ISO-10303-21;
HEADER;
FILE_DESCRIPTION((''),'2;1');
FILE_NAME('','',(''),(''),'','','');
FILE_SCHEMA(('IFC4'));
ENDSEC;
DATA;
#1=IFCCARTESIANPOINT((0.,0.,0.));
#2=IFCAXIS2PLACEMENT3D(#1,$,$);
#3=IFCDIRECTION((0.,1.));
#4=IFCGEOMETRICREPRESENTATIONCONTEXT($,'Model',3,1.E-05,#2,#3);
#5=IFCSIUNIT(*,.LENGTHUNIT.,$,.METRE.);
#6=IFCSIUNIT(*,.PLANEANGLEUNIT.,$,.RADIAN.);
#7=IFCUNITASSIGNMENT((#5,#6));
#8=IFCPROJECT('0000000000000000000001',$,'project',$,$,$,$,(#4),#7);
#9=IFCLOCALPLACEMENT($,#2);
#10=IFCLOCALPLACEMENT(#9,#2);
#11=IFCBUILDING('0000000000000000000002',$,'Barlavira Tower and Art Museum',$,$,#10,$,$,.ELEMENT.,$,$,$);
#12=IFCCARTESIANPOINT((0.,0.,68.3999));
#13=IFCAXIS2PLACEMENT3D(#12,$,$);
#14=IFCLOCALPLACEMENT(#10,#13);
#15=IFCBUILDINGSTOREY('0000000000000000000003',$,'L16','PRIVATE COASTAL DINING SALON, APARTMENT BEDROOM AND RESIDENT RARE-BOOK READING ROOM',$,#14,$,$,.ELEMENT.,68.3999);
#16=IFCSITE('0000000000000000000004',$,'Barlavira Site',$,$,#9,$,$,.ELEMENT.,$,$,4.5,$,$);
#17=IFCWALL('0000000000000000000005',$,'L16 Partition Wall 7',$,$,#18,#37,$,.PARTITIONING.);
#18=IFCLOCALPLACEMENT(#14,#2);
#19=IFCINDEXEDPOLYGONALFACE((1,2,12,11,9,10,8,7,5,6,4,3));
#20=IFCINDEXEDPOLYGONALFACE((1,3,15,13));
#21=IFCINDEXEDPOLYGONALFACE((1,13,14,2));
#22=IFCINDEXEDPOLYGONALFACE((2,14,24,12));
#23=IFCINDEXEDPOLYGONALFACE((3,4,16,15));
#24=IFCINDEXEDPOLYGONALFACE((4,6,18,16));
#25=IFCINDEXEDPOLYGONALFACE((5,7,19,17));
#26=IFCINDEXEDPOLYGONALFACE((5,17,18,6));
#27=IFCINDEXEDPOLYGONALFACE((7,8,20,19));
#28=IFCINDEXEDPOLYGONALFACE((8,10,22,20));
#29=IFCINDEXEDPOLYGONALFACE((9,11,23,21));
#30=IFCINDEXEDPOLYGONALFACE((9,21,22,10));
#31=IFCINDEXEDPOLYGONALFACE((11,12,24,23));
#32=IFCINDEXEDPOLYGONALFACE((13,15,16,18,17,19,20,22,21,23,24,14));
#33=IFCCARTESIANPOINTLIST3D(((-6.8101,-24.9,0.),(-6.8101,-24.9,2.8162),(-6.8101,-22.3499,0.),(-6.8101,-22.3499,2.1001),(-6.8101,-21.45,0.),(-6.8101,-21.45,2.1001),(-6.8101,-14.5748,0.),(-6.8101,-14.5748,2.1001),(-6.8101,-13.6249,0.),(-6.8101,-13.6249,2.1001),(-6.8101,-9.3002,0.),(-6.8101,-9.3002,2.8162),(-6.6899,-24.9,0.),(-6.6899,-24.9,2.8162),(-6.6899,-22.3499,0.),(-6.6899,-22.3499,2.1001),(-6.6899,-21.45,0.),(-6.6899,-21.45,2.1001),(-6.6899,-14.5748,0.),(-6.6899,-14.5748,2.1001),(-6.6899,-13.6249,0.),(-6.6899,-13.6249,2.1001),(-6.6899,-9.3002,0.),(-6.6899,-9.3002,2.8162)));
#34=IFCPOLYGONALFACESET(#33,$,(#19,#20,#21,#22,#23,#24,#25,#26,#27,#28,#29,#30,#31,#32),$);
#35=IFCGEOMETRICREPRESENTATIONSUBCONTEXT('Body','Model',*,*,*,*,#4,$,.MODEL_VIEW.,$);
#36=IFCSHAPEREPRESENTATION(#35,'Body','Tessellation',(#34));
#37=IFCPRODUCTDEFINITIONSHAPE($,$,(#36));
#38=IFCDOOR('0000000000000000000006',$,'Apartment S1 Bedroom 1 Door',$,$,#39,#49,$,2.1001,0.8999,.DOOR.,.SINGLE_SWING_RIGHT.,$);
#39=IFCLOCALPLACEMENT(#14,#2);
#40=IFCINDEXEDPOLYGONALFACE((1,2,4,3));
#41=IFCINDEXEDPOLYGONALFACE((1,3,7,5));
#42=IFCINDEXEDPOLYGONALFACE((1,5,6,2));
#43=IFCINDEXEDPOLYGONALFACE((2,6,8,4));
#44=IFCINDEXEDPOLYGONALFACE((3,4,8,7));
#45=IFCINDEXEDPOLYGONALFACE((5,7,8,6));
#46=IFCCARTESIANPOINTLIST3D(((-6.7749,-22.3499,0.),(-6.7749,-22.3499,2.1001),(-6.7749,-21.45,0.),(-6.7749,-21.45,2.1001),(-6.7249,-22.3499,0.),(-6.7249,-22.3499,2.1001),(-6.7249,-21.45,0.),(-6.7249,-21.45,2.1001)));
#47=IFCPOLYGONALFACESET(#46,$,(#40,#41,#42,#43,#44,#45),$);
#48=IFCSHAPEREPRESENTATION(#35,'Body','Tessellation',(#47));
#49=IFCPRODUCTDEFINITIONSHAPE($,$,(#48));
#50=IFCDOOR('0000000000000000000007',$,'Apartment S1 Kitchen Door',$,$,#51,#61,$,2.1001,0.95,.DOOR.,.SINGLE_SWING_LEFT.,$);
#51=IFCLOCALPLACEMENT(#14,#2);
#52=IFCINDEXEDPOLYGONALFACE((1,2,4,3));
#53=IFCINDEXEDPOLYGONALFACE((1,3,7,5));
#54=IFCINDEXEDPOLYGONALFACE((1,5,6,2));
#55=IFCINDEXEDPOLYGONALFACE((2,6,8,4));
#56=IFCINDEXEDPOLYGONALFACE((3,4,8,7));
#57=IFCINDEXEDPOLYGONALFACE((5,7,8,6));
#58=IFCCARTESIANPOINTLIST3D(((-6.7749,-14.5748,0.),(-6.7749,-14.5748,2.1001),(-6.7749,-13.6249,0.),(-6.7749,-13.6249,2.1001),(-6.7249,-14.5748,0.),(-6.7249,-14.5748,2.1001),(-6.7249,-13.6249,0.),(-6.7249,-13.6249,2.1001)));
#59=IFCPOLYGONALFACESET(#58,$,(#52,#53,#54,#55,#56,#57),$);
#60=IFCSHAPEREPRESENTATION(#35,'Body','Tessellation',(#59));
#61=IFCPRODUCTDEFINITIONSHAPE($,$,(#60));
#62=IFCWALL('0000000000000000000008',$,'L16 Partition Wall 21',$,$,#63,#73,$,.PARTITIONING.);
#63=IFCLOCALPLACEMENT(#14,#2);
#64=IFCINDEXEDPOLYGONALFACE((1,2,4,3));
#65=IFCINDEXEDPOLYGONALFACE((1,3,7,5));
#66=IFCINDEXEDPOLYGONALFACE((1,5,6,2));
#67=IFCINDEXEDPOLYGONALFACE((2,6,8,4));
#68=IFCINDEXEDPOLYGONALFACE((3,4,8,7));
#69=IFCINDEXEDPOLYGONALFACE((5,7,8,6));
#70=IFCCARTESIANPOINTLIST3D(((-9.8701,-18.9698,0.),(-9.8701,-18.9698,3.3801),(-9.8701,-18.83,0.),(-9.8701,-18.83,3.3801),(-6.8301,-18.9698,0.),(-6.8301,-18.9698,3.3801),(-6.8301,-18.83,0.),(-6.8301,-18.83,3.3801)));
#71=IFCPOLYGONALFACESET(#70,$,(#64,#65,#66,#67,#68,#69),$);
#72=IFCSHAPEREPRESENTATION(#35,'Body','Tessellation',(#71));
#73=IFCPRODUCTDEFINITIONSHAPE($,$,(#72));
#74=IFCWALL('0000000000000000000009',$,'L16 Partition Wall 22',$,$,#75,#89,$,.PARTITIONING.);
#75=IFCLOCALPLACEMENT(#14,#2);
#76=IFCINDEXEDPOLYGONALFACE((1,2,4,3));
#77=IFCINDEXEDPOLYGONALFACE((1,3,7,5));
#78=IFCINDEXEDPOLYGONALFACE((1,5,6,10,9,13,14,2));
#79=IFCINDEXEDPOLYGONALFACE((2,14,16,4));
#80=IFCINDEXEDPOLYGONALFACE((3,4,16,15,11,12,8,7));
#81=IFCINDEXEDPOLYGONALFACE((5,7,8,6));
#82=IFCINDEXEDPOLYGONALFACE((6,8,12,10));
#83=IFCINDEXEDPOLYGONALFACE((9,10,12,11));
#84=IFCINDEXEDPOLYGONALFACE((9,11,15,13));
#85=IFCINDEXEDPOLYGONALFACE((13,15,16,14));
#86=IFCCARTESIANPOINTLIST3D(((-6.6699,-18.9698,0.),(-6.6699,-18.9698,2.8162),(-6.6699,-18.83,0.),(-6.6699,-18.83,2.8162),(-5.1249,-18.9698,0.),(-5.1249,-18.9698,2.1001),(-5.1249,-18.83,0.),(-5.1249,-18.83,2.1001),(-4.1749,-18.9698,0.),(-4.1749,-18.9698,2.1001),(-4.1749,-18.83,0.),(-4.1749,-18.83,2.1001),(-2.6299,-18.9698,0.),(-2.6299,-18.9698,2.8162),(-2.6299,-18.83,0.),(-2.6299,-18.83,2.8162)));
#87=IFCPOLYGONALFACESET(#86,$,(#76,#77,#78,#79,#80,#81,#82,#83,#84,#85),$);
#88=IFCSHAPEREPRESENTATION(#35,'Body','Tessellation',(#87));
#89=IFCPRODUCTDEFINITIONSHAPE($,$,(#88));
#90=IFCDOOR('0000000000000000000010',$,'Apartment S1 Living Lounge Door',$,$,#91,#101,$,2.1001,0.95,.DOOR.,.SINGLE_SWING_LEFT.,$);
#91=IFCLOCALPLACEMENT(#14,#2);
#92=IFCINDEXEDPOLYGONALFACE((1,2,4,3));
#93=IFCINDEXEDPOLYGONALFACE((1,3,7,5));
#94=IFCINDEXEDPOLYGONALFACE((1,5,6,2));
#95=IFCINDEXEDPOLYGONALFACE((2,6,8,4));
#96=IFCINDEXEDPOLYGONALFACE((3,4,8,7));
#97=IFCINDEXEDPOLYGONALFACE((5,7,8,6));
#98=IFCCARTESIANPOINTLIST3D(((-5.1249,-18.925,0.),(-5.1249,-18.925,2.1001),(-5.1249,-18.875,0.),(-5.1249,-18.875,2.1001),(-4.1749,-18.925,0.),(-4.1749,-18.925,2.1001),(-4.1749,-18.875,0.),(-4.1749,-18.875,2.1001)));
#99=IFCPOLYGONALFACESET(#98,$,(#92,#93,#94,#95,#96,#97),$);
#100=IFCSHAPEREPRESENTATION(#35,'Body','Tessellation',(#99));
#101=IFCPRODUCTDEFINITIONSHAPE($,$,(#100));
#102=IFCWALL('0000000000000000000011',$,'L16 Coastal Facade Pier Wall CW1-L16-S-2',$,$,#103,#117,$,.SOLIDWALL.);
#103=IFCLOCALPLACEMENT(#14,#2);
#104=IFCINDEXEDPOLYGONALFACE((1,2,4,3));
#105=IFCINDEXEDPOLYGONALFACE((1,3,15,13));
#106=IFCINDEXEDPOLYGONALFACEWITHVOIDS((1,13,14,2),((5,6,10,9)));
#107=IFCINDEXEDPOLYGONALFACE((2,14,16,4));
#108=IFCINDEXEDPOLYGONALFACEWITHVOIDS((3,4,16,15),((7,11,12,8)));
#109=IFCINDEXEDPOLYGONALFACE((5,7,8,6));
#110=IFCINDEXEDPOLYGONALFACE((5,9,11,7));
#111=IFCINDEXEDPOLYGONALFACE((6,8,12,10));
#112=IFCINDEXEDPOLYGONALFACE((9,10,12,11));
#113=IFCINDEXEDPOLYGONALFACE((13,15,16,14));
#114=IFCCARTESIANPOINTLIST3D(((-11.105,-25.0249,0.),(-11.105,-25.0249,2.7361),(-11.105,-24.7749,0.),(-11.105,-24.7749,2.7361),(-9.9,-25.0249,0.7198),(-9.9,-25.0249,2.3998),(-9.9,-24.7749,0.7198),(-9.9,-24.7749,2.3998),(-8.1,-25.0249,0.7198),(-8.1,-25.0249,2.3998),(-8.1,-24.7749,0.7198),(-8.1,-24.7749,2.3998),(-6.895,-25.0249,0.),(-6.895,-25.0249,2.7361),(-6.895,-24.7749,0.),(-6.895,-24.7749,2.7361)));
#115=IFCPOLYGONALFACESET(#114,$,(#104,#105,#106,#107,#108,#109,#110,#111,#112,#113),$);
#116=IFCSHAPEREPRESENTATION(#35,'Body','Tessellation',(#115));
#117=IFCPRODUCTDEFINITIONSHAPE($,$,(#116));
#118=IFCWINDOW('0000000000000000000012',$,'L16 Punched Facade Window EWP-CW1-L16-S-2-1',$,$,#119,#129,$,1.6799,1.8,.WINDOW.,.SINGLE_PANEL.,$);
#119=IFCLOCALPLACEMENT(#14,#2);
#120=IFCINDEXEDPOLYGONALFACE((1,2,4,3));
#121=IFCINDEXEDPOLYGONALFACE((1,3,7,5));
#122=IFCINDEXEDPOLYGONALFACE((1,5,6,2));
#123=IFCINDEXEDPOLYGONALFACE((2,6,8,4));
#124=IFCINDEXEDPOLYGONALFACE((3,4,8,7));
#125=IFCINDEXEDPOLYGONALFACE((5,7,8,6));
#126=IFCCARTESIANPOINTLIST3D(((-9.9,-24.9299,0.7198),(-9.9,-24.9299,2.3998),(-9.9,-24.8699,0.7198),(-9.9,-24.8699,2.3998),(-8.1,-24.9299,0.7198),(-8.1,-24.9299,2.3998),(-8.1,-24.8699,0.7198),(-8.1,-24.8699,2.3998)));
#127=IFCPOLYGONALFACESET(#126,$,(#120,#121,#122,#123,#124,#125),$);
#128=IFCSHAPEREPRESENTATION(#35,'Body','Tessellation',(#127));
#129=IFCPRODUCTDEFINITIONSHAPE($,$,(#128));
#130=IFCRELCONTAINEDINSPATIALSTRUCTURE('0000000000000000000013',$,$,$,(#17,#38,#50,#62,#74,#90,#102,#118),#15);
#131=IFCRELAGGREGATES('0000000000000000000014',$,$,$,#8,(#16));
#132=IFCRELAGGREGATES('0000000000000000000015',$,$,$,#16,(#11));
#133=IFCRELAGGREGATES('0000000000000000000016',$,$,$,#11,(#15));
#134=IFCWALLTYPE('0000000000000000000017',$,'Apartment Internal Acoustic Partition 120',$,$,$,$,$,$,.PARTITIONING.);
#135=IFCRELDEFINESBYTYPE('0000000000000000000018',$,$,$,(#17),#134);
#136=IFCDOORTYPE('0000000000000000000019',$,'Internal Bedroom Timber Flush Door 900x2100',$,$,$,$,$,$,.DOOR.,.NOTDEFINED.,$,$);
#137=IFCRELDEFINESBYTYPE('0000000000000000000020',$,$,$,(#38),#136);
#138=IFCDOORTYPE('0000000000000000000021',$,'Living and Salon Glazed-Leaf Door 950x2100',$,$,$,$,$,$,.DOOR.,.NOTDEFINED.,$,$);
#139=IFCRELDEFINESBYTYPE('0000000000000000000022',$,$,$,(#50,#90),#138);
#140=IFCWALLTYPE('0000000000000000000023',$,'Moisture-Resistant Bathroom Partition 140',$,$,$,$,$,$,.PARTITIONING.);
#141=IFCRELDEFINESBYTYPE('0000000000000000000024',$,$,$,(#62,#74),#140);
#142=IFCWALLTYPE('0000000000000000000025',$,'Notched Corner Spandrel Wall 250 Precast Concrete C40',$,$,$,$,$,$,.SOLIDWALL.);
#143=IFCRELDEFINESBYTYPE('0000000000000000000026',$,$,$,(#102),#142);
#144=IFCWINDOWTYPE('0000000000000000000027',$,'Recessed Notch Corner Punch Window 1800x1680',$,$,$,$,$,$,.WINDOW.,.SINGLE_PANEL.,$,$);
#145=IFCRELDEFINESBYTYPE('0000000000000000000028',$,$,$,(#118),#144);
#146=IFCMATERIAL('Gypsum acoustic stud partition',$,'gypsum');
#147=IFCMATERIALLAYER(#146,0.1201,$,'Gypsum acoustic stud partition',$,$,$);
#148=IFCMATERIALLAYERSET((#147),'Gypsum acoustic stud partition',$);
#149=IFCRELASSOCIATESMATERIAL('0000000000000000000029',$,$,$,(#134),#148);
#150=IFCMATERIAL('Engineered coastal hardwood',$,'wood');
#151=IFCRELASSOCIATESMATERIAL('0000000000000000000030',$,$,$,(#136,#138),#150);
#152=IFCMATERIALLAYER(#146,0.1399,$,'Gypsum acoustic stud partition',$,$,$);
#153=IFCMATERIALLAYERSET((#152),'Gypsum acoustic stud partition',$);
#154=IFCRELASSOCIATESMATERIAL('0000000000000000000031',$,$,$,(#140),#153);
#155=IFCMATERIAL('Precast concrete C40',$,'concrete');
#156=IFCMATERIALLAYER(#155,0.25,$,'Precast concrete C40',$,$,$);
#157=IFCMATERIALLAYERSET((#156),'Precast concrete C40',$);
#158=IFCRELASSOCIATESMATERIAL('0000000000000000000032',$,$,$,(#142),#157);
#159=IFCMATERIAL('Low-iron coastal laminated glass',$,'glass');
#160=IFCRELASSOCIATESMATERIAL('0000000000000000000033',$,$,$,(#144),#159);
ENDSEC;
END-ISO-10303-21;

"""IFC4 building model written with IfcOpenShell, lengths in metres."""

from ifc_helpers import new_model, si_unit, direction, frame, frame_2d, origin, place, context, subcontext, project, spatial, rectangle, extrude, material, layer, layer_set, type_object, element, fill, save


model = new_model("IFC4")

# Units and contexts
model_context = context("Model", 3, precision=1e-05, world=origin(), true_north=direction((0.0, 1.0)))
body_context = subcontext(model_context, "Body", "Model", "MODEL_VIEW")
ifc_project = project(units=[si_unit("LENGTHUNIT", "METRE"), si_unit("PLANEANGLEUNIT", "RADIAN")], contexts=[model_context])

# Site, building, storey
site_placement = place(None, origin())
site = spatial("IfcSite", under=ifc_project, at=site_placement, Name="Barlavira Site", CompositionType="ELEMENT", RefElevation=4.5)
building_placement = place(site_placement, origin())
building = spatial("IfcBuilding", under=site, at=building_placement, Name="Barlavira Tower and Art Museum", CompositionType="ELEMENT")
storey_placement = place(building_placement, frame((0.0, 0.0, 68.3999)))
storey = spatial("IfcBuildingStorey", under=building, at=storey_placement, Name="L16", Description="PRIVATE COASTAL DINING SALON, APARTMENT BEDROOM AND RESIDENT RARE-BOOK READING ROOM", CompositionType="ELEMENT", Elevation=68.3999)

# Shared definitions
ifc_material_1 = material(Name="Gypsum acoustic stud partition", Category="gypsum")
ifc_layer_1 = layer(ifc_material_1, 0.1201, Name="Gypsum acoustic stud partition")
ifc_layer_set_1 = layer_set([ifc_layer_1], Name="Gypsum acoustic stud partition")
wall_type_1 = type_object("IfcWallType", Name="Apartment Internal Acoustic Partition 120", PredefinedType="PARTITIONING", material=ifc_layer_set_1)
ifc_material_2 = material(Name="Engineered coastal hardwood", Category="wood")
door_type_1 = type_object("IfcDoorType", Name="Internal Bedroom Timber Flush Door 900x2100", OperationType="NOTDEFINED", PredefinedType="DOOR", material=ifc_material_2)

# Wall, openings, doors
wall_1_placement = place(storey_placement, frame((-6.75, -24.8999, 0.0), z_axis=(0.0, 0.0, 1.0), x_axis=(0.0, 1.0, 0.0)))
wall_1 = element("IfcWall", 1, at=wall_1_placement, inside=storey, type_object=wall_type_1, Name="L16 Partition Wall 7", PredefinedType="PARTITIONING", context=body_context, shape_type="SweptSolid", body=[
    extrude(rectangle(XDim=15.5999, YDim=0.1201, at=frame_2d((7.7998, 0.0))), origin(), (0.0, 0.0, 1.0), 2.8162),
])
opening_1_placement = place(wall_1_placement, frame((10.325, 0.0, 0.0)))
opening_1 = element("IfcOpeningElement", 2, at=opening_1_placement, cuts=wall_1, PredefinedType="OPENING", context=body_context, shape_type="SweptSolid", body=[
    extrude(rectangle(XDim=0.95, YDim=2.1001, at=frame_2d((0.4751, 1.05))), frame((0.0, 0.0701, 0.0), z_axis=(0.0, -1.0, 0.0), x_axis=(1.0, 0.0, 0.0)), (0.0, 0.0, 1.0), 0.1401),
])
opening_2_placement = place(wall_1_placement, frame((2.55, 0.0, 0.0)))
opening_2 = element("IfcOpeningElement", 3, at=opening_2_placement, cuts=wall_1, PredefinedType="OPENING", context=body_context, shape_type="SweptSolid", body=[
    extrude(rectangle(XDim=0.8999, YDim=2.1001, at=frame_2d((0.45, 1.05))), frame((0.0, 0.0701, 0.0), z_axis=(0.0, -1.0, 0.0), x_axis=(1.0, 0.0, 0.0)), (0.0, 0.0, 1.0), 0.1401),
])
door_1_placement = place(opening_2_placement, origin())
door_1 = element("IfcDoor", 4, at=door_1_placement, inside=storey, type_object=door_type_1, Name="Apartment S1 Bedroom 1 Door", OperationType="SINGLE_SWING_RIGHT", OverallHeight=2.1001, OverallWidth=0.8999, PredefinedType="DOOR", context=body_context, shape_type="SweptSolid", body=[
    extrude(rectangle(XDim=0.8999, YDim=2.1001, at=frame_2d((0.45, 1.05))), frame((0.0, 0.0249, 0.0), z_axis=(0.0, -1.0, 0.0), x_axis=(1.0, 0.0, 0.0)), (0.0, 0.0, 1.0), 0.05),
])
fill(opening_2, door_1)
door_type_2 = type_object("IfcDoorType", Name="Living and Salon Glazed-Leaf Door 950x2100", OperationType="NOTDEFINED", PredefinedType="DOOR", material=ifc_material_2)
door_2_placement = place(opening_1_placement, origin())
door_2 = element("IfcDoor", 5, at=door_2_placement, inside=storey, type_object=door_type_2, Name="Apartment S1 Kitchen Door", OperationType="SINGLE_SWING_LEFT", OverallHeight=2.1001, OverallWidth=0.95, PredefinedType="DOOR", context=body_context, shape_type="SweptSolid", body=[
    extrude(rectangle(XDim=0.95, YDim=2.1001, at=frame_2d((0.4751, 1.05))), frame((0.0, 0.0249, 0.0), z_axis=(0.0, -1.0, 0.0), x_axis=(1.0, 0.0, 0.0)), (0.0, 0.0, 1.0), 0.05),
])
fill(opening_1, door_2)

# Wall
ifc_layer_2 = layer(ifc_material_1, 0.1399, Name="Gypsum acoustic stud partition")
ifc_layer_set_2 = layer_set([ifc_layer_2], Name="Gypsum acoustic stud partition")
wall_type_2 = type_object("IfcWallType", Name="Moisture-Resistant Bathroom Partition 140", PredefinedType="PARTITIONING", material=ifc_layer_set_2)
wall_2_placement = place(storey_placement, frame((-9.8701, -18.8999, 0.0), z_axis=(0.0, 0.0, 1.0), x_axis=(1.0, 0.0, 0.0)))
element("IfcWall", 6, at=wall_2_placement, inside=storey, type_object=wall_type_2, Name="L16 Partition Wall 21", PredefinedType="PARTITIONING", context=body_context, shape_type="SweptSolid", body=[
    extrude(rectangle(XDim=3.04, YDim=0.1399, at=frame_2d((1.52, 0.0))), origin(), (0.0, 0.0, 1.0), 3.3801),
])

# Wall, opening, door
wall_3_placement = place(storey_placement, frame((-6.6699, -18.8999, 0.0), z_axis=(0.0, 0.0, 1.0), x_axis=(1.0, 0.0, 0.0)))
wall_3 = element("IfcWall", 7, at=wall_3_placement, inside=storey, type_object=wall_type_2, Name="L16 Partition Wall 22", PredefinedType="PARTITIONING", context=body_context, shape_type="SweptSolid", body=[
    extrude(rectangle(XDim=4.04, YDim=0.1399, at=frame_2d((2.02, 0.0))), origin(), (0.0, 0.0, 1.0), 2.8162),
])
opening_3_placement = place(wall_3_placement, frame((1.5449, 0.0, 0.0)))
opening_3 = element("IfcOpeningElement", 8, at=opening_3_placement, cuts=wall_3, PredefinedType="OPENING", context=body_context, shape_type="SweptSolid", body=[
    extrude(rectangle(XDim=0.95, YDim=2.1001, at=frame_2d((0.4751, 1.05))), frame((0.0, 0.0801, 0.0), z_axis=(0.0, -1.0, 0.0), x_axis=(1.0, 0.0, 0.0)), (0.0, 0.0, 1.0), 0.1599),
])
door_3_placement = place(opening_3_placement, origin())
door_3 = element("IfcDoor", 9, at=door_3_placement, inside=storey, type_object=door_type_2, Name="Apartment S1 Living Lounge Door", OperationType="SINGLE_SWING_LEFT", OverallHeight=2.1001, OverallWidth=0.95, PredefinedType="DOOR", context=body_context, shape_type="SweptSolid", body=[
    extrude(rectangle(XDim=0.95, YDim=2.1001, at=frame_2d((0.4751, 1.05))), frame((0.0, 0.0249, 0.0), z_axis=(0.0, -1.0, 0.0), x_axis=(1.0, 0.0, 0.0)), (0.0, 0.0, 1.0), 0.05),
])
fill(opening_3, door_3)

# Wall, opening, window
ifc_material_3 = material(Name="Precast concrete C40", Category="concrete")
ifc_layer_3 = layer(ifc_material_3, 0.25, Name="Precast concrete C40")
ifc_layer_set_3 = layer_set([ifc_layer_3], Name="Precast concrete C40")
wall_type_3 = type_object("IfcWallType", Name="Notched Corner Spandrel Wall 250 Precast Concrete C40", PredefinedType="SOLIDWALL", material=ifc_layer_set_3)
wall_4_placement = place(storey_placement, frame((-11.105, -24.8999, 0.0), z_axis=(0.0, 0.0, 1.0), x_axis=(1.0, 0.0, 0.0)))
wall_4 = element("IfcWall", 10, at=wall_4_placement, inside=storey, type_object=wall_type_3, Name="L16 Coastal Facade Pier Wall CW1-L16-S-2", PredefinedType="SOLIDWALL", context=body_context, shape_type="SweptSolid", body=[
    extrude(rectangle(XDim=4.21, YDim=0.25, at=frame_2d((2.105, 0.0))), origin(), (0.0, 0.0, 1.0), 2.7361),
])
opening_4_placement = place(wall_4_placement, frame((1.2051, 0.0, 0.72)))
opening_4 = element("IfcOpeningElement", 11, at=opening_4_placement, cuts=wall_4, PredefinedType="OPENING", context=body_context, shape_type="SweptSolid", body=[
    extrude(rectangle(XDim=1.8, YDim=1.6799, at=frame_2d((0.8999, 0.8398))), frame((0.0, 0.135, 0.0), z_axis=(0.0, -1.0, 0.0), x_axis=(1.0, 0.0, 0.0)), (0.0, 0.0, 1.0), 0.27),
])
ifc_material_4 = material(Name="Low-iron coastal laminated glass", Category="glass")
window_type = type_object("IfcWindowType", Name="Recessed Notch Corner Punch Window 1800x1680", PartitioningType="SINGLE_PANEL", PredefinedType="WINDOW", material=ifc_material_4)
window_placement = place(opening_4_placement, origin())
window = element("IfcWindow", 12, at=window_placement, inside=storey, type_object=window_type, Name="L16 Punched Facade Window EWP-CW1-L16-S-2-1", OverallHeight=1.6799, OverallWidth=1.8, PartitioningType="SINGLE_PANEL", PredefinedType="WINDOW", context=body_context, shape_type="SweptSolid", body=[
    extrude(rectangle(XDim=1.8, YDim=1.6799, at=frame_2d((0.8999, 0.8398))), frame((0.0, 0.03, 0.0), z_axis=(0.0, -1.0, 0.0), x_axis=(1.0, 0.0, 0.0)), (0.0, 0.0, 1.0), 0.0601),
])
fill(opening_4, window)

save(model, "model.ifc")
